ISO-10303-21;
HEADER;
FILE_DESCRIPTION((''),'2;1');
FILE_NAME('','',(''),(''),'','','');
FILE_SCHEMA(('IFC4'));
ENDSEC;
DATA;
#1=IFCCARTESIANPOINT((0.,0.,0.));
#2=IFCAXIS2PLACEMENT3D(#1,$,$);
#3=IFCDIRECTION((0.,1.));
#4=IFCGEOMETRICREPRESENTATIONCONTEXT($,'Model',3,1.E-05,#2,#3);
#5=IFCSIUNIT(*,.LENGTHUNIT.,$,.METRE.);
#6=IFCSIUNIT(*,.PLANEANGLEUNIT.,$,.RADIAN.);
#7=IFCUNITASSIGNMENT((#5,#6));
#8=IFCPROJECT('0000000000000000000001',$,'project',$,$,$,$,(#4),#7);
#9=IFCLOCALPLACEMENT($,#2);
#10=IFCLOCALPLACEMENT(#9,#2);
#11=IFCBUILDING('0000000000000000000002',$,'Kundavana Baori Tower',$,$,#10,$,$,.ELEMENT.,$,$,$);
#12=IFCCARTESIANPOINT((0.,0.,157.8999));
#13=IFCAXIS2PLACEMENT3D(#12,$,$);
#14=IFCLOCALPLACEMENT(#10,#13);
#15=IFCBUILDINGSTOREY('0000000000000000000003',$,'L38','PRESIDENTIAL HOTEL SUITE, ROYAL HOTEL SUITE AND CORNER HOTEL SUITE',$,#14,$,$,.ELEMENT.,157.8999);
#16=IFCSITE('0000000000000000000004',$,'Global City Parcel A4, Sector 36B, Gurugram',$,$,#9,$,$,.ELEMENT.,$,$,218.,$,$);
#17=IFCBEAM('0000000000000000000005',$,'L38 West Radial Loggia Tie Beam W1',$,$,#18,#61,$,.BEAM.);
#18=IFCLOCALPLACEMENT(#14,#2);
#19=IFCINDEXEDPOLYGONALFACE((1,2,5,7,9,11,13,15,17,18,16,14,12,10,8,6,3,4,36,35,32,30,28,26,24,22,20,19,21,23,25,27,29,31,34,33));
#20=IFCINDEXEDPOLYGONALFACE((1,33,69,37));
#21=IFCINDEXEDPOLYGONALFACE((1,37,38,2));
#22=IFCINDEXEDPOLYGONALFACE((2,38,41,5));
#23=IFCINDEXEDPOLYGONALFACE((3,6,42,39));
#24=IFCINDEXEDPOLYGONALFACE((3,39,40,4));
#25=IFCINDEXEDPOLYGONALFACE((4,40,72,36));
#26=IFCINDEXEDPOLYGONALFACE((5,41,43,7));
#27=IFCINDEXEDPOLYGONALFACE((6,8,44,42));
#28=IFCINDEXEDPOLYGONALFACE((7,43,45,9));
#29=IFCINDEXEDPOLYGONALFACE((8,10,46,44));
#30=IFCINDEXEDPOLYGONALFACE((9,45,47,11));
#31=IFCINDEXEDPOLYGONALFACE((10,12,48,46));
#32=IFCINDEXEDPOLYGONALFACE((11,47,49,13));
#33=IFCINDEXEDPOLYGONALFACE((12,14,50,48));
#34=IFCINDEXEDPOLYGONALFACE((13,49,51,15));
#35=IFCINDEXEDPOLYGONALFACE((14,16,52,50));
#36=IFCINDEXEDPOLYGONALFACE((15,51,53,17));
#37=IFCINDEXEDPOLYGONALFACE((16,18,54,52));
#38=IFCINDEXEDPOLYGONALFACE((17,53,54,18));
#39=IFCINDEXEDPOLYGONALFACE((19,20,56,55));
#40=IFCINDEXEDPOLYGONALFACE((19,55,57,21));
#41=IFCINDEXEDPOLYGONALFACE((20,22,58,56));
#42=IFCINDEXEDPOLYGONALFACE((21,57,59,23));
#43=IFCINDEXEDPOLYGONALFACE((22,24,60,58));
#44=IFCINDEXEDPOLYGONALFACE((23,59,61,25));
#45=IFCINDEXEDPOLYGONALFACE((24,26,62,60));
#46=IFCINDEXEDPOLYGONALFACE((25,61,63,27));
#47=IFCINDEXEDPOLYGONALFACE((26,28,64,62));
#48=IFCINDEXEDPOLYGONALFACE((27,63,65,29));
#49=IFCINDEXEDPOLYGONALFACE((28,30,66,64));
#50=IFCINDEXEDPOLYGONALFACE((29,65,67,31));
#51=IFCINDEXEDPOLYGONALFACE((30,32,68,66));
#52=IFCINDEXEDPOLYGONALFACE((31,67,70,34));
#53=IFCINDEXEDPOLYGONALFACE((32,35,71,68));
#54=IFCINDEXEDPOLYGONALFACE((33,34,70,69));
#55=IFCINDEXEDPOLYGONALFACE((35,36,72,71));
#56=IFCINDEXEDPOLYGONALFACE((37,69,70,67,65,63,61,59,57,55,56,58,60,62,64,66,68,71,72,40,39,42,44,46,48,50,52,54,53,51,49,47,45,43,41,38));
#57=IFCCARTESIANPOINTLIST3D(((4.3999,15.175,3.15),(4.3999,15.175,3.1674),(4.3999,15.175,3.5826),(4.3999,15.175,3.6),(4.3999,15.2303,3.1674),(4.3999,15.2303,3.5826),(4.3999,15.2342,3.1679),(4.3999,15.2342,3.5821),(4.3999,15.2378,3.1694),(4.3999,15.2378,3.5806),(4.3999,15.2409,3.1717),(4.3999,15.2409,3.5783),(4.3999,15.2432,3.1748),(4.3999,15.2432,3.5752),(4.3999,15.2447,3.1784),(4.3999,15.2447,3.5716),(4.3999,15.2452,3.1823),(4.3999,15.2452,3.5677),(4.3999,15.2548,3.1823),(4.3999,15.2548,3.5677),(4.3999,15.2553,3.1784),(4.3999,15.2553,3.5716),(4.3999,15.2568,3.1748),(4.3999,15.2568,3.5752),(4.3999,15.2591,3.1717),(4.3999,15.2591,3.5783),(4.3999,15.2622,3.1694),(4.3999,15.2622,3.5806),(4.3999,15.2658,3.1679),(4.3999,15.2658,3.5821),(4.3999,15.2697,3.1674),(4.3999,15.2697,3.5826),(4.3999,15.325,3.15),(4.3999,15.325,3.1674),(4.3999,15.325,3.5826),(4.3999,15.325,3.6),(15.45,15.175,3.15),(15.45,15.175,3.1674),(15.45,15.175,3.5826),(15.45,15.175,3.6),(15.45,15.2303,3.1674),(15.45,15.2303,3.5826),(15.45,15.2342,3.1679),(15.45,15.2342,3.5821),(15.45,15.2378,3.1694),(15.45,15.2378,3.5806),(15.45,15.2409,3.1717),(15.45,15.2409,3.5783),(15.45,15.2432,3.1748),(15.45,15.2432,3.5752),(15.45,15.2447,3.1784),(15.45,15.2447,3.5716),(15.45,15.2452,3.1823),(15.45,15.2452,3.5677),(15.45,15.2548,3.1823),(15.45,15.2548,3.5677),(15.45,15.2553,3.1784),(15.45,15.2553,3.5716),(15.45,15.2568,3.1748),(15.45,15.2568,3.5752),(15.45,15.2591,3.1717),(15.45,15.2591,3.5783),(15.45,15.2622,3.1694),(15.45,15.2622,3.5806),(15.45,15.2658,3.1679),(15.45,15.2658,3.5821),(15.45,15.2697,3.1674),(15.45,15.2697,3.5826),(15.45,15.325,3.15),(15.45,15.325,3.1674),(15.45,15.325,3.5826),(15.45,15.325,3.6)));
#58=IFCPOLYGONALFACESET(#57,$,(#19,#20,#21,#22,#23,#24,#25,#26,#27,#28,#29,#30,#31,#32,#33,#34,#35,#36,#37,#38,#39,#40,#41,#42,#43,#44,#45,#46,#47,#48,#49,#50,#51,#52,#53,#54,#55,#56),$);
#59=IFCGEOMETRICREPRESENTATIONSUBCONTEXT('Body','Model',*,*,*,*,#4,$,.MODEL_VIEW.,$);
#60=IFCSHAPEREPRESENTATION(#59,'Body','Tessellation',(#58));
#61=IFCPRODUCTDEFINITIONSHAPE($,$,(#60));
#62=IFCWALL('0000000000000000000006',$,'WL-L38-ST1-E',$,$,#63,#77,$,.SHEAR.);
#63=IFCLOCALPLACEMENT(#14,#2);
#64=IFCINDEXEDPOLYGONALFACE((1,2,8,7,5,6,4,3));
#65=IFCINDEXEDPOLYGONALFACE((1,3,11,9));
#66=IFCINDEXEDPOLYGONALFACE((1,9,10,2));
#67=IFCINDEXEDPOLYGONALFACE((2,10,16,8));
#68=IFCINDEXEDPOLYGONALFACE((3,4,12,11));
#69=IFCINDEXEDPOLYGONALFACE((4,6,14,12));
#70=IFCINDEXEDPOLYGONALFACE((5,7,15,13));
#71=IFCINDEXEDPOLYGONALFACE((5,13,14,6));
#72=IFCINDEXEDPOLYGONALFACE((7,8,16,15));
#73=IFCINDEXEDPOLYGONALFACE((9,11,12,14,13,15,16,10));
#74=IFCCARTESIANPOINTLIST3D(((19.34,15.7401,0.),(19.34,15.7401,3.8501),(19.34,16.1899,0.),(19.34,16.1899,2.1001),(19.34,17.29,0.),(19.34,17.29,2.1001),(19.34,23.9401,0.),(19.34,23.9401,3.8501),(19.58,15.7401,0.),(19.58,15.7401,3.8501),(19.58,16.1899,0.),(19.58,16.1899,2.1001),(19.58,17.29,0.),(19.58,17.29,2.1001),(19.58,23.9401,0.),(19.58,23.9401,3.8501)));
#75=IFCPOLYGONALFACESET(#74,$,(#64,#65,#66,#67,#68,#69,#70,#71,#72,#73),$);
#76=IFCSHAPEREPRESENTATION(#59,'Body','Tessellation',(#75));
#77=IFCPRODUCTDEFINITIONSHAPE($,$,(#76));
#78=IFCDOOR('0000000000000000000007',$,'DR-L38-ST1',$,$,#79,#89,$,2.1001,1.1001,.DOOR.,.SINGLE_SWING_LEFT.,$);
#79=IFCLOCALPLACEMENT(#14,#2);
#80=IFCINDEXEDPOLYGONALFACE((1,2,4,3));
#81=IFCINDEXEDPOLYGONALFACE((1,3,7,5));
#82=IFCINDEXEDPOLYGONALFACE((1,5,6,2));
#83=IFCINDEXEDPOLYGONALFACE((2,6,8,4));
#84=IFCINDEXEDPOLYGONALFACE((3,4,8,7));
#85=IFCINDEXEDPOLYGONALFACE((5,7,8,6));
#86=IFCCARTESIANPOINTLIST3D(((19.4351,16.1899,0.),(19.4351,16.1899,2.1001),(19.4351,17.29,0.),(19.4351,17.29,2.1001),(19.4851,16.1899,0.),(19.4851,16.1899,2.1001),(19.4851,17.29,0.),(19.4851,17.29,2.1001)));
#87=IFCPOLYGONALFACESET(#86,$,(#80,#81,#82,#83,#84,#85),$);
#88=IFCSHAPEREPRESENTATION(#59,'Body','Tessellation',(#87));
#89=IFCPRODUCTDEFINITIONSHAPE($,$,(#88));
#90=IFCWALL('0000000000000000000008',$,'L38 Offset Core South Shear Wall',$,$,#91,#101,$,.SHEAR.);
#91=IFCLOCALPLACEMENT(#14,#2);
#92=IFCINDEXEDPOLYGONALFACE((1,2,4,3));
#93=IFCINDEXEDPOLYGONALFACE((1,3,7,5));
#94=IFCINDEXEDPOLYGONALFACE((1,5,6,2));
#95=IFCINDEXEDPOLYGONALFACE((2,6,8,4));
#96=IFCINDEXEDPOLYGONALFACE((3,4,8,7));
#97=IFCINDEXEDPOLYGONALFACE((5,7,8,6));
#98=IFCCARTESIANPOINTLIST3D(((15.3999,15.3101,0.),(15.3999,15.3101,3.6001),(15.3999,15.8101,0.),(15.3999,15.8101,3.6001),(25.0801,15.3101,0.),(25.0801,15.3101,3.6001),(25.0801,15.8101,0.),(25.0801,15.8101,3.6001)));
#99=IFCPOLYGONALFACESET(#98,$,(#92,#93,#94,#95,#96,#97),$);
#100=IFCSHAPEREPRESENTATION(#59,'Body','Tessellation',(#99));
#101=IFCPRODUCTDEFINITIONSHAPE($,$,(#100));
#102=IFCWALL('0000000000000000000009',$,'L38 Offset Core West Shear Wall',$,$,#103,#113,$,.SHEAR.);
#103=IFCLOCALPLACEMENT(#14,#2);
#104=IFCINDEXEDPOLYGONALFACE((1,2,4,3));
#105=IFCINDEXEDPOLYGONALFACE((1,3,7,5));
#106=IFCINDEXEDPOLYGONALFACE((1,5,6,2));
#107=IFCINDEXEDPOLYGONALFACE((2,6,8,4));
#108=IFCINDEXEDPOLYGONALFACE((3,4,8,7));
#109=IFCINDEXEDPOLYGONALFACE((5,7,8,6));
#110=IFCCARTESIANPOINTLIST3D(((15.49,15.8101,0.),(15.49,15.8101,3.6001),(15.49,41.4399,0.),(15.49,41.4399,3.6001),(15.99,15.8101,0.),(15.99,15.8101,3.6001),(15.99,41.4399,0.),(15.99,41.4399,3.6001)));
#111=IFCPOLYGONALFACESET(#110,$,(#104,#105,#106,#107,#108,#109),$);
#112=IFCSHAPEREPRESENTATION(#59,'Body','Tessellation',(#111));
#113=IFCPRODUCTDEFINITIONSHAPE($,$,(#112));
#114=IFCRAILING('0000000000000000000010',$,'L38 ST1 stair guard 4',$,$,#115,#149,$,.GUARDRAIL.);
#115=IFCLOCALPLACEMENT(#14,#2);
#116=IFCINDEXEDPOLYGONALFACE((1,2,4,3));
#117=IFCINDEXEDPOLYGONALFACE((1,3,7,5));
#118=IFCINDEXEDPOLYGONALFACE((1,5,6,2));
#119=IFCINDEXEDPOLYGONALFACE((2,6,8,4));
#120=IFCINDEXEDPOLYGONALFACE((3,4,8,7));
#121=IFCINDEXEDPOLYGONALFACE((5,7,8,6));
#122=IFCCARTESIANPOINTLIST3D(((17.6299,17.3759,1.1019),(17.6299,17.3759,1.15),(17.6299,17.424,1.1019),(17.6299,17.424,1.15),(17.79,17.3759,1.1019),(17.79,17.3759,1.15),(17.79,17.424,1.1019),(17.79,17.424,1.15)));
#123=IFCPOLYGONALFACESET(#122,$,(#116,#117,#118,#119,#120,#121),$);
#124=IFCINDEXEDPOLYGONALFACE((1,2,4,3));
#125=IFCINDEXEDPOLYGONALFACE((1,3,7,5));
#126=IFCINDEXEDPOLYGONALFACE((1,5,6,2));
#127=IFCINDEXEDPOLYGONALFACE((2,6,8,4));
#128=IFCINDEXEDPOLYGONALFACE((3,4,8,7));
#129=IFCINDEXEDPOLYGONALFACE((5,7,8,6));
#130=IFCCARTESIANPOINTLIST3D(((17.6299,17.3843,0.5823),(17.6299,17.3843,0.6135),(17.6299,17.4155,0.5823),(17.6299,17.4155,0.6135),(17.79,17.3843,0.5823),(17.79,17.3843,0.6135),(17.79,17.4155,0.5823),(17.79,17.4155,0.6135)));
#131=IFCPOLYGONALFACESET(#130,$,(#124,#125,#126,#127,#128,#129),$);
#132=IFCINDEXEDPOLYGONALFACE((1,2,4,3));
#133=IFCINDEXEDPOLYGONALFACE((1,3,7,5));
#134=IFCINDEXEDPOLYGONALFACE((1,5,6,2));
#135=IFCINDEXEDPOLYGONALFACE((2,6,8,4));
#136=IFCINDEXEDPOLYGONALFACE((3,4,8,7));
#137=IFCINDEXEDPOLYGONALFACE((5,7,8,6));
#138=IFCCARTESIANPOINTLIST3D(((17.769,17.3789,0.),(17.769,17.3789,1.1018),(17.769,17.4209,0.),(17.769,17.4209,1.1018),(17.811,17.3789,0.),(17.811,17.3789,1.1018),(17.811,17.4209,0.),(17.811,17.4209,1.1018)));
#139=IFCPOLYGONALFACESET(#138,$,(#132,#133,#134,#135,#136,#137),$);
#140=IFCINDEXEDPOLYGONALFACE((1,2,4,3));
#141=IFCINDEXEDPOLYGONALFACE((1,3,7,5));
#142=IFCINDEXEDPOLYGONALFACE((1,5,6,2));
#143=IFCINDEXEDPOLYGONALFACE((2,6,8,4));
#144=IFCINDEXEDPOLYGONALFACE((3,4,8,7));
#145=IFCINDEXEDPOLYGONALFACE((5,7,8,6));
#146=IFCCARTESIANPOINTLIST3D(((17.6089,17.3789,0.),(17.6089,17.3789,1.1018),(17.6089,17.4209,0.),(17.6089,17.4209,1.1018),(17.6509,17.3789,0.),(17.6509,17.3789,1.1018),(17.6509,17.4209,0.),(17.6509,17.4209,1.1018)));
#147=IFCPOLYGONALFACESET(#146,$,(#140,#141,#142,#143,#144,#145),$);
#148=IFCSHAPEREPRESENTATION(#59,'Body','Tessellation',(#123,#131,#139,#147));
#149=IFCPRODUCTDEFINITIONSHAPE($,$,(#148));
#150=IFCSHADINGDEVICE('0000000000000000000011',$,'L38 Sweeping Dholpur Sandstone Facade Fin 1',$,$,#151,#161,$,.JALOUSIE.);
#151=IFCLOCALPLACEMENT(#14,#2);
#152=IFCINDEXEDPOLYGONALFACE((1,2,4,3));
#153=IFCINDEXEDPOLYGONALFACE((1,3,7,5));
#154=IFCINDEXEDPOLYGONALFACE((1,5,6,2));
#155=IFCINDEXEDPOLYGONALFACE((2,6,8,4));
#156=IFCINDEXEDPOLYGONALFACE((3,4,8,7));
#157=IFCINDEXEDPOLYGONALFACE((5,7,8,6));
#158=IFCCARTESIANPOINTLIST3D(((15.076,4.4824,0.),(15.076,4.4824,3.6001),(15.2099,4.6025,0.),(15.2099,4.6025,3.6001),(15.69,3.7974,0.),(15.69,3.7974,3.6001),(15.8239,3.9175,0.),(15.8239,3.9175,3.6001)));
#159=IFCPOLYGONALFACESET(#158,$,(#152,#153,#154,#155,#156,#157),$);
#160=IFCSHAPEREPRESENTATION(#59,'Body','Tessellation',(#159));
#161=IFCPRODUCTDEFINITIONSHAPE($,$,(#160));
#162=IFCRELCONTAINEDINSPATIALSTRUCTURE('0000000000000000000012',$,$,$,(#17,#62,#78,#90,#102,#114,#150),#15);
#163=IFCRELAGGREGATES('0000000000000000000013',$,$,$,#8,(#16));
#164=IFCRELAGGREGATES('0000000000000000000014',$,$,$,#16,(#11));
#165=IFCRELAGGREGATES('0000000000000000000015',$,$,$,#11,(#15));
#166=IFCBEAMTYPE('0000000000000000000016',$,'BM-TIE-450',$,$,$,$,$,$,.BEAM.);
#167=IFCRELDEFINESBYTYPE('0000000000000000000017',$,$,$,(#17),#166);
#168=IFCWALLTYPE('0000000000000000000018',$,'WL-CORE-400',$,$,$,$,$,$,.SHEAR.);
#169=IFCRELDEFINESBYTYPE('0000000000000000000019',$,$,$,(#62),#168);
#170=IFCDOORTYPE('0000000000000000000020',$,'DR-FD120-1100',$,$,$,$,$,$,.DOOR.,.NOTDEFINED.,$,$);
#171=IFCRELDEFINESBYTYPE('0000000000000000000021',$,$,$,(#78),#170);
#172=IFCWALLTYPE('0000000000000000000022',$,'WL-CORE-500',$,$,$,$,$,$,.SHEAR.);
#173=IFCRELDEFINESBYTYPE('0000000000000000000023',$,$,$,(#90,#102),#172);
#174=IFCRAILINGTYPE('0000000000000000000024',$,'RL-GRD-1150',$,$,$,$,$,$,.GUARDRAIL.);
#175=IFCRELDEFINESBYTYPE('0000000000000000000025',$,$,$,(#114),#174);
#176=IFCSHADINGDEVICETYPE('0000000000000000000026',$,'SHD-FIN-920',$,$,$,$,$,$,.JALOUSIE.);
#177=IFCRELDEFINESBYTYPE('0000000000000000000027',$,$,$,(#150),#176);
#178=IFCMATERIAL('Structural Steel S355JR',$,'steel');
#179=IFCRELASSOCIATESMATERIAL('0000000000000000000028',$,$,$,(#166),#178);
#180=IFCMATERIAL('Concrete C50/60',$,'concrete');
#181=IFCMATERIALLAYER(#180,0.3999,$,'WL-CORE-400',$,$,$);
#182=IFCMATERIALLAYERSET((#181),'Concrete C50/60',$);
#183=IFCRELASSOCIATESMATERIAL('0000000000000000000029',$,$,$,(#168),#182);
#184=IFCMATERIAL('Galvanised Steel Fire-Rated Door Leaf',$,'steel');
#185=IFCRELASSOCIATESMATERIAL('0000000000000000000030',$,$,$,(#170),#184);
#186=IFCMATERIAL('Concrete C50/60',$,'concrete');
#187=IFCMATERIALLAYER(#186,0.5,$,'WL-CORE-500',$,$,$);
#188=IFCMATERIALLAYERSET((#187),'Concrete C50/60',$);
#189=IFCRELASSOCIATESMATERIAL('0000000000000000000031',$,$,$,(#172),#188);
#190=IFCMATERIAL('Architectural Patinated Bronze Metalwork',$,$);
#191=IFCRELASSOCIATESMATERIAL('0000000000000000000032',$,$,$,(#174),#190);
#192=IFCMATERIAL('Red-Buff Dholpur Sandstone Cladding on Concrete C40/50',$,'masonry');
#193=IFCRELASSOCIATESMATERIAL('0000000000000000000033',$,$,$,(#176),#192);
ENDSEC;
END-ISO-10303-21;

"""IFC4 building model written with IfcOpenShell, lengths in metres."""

from ifc_helpers import new_model, si_unit, direction, frame, frame_2d, origin, origin_2d, place, context, subcontext, project, spatial, rectangle, i_section, extrude, material, layer, layer_set, material_profile, profile_set, type_object, element, fill, save


model = new_model("IFC4")

# Units and contexts
model_context = context("Model", 3, precision=1e-05, world=origin(), true_north=direction((0.0, 1.0)))
body_context = subcontext(model_context, "Body", "Model", "MODEL_VIEW")
ifc_project = project(units=[si_unit("LENGTHUNIT", "METRE"), si_unit("PLANEANGLEUNIT", "RADIAN")], contexts=[model_context])

# Site, building, storey
site_placement = place(None, origin())
site = spatial("IfcSite", under=ifc_project, at=site_placement, Name="Global City Parcel A4, Sector 36B, Gurugram", CompositionType="ELEMENT", RefElevation=218.0)
building_placement = place(site_placement, origin())
building = spatial("IfcBuilding", under=site, at=building_placement, Name="Kundavana Baori Tower", CompositionType="ELEMENT")
storey_placement = place(building_placement, frame((0.0, 0.0, 157.8999)))
storey = spatial("IfcBuildingStorey", under=building, at=storey_placement, Name="L38", Description="PRESIDENTIAL HOTEL SUITE, ROYAL HOTEL SUITE AND CORNER HOTEL SUITE", CompositionType="ELEMENT", Elevation=157.8999)

# Beam
ifc_material_1 = material(Name="Structural Steel S355JR", Category="steel")
ifc_material_profile_1 = material_profile(ifc_material_1, i_section(OverallWidth=0.1499, OverallDepth=0.45, WebThickness=0.0095, FlangeThickness=0.0173, FilletRadius=0.0149, at=origin_2d()), Name="ISMB 450")
ifc_profile_set_1 = profile_set([ifc_material_profile_1], Name="Structural Steel S355JR")
beam_type_1 = type_object("IfcBeamType", Name="BM-TIE-450", PredefinedType="BEAM", material=ifc_profile_set_1)
for number, where, z_axis, x_axis, name in (
    (1, (15.45, 15.25, 3.375), (-1.0, 0.0, 0.0), (0.0, -1.0, 0.0), "L38 West Radial Loggia Tie Beam W1"),
):
    element("IfcBeam", number, at=place(storey_placement, frame(where, z_axis=z_axis, x_axis=x_axis)), inside=storey, type_object=beam_type_1, Name=name, PredefinedType="BEAM", context=body_context, shape_type="SweptSolid", body=[
        extrude(i_section(OverallWidth=0.1499, OverallDepth=0.45, WebThickness=0.0095, FlangeThickness=0.0173, FilletRadius=0.0149, at=origin_2d()), origin(), (0.0, 0.0, 1.0), 11.05),
    ])

# Wall, opening, door
ifc_material_2 = material(Name="Concrete C50/60", Category="concrete")
ifc_layer_1 = layer(ifc_material_2, 0.3999, Name="WL-CORE-400")
ifc_layer_set_1 = layer_set([ifc_layer_1], Name="Concrete C50/60")
wall_type_1 = type_object("IfcWallType", Name="WL-CORE-400", PredefinedType="SHEAR", material=ifc_layer_set_1)
wall_1_placement = place(storey_placement, frame((19.46, 15.74, 0.0), z_axis=(0.0, 0.0, 1.0), x_axis=(0.0, 1.0, 0.0)))
wall_1 = element("IfcWall", 2, at=wall_1_placement, inside=storey, type_object=wall_type_1, Name="WL-L38-ST1-E", PredefinedType="SHEAR", context=body_context, shape_type="SweptSolid", body=[
    extrude(rectangle(XDim=8.2, YDim=0.24, at=frame_2d((4.1001, 0.0))), origin(), (0.0, 0.0, 1.0), 3.8501),
])
opening_1_placement = place(wall_1_placement, frame((0.45, 0.0, 0.0)))
opening_1 = element("IfcOpeningElement", 3, at=opening_1_placement, cuts=wall_1, PredefinedType="OPENING", context=body_context, shape_type="SweptSolid", body=[
    extrude(rectangle(XDim=1.1001, YDim=2.1001, at=frame_2d((0.55, 1.05))), frame((0.0, 0.1299, 0.0), z_axis=(0.0, -1.0, 0.0), x_axis=(1.0, 0.0, 0.0)), (0.0, 0.0, 1.0), 0.26),
])
ifc_material_3 = material(Name="Galvanised Steel Fire-Rated Door Leaf", Category="steel")
door_type_1 = type_object("IfcDoorType", Name="DR-FD120-1100", OperationType="NOTDEFINED", PredefinedType="DOOR", material=ifc_material_3)
door_1_placement = place(opening_1_placement, origin())
door_1 = element("IfcDoor", 4, at=door_1_placement, inside=storey, type_object=door_type_1, Name="DR-L38-ST1", OperationType="SINGLE_SWING_LEFT", OverallHeight=2.1001, OverallWidth=1.1001, PredefinedType="DOOR", context=body_context, shape_type="SweptSolid", body=[
    extrude(rectangle(XDim=1.1001, YDim=2.1001, at=frame_2d((0.55, 1.05))), frame((0.0, 0.0249, 0.0), z_axis=(0.0, -1.0, 0.0), x_axis=(1.0, 0.0, 0.0)), (0.0, 0.0, 1.0), 0.05),
])
fill(opening_1, door_1)

# Walls
ifc_material_4 = material(Name="Concrete C50/60", Category="concrete")
ifc_layer_2 = layer(ifc_material_4, 0.5, Name="WL-CORE-500")
ifc_layer_set_2 = layer_set([ifc_layer_2], Name="Concrete C50/60")
wall_type_2 = type_object("IfcWallType", Name="WL-CORE-500", PredefinedType="SHEAR", material=ifc_layer_set_2)
wall_2_placement = place(storey_placement, frame((15.3999, 15.5601, 0.0), z_axis=(0.0, 0.0, 1.0), x_axis=(1.0, 0.0, 0.0)))
element("IfcWall", 5, at=wall_2_placement, inside=storey, type_object=wall_type_2, Name="L38 Offset Core South Shear Wall", PredefinedType="SHEAR", context=body_context, shape_type="SweptSolid", body=[
    extrude(rectangle(XDim=9.6802, YDim=0.5, at=frame_2d((4.8401, 0.0))), origin(), (0.0, 0.0, 1.0), 3.6001),
])
wall_3_placement = place(storey_placement, frame((15.74, 15.8101, 0.0), z_axis=(0.0, 0.0, 1.0), x_axis=(0.0, 1.0, 0.0)))
element("IfcWall", 6, at=wall_3_placement, inside=storey, type_object=wall_type_2, Name="L38 Offset Core West Shear Wall", PredefinedType="SHEAR", context=body_context, shape_type="SweptSolid", body=[
    extrude(rectangle(XDim=25.6299, YDim=0.5, at=frame_2d((12.8149, 0.0))), origin(), (0.0, 0.0, 1.0), 3.6001),
])

# Railing
ifc_material_5 = material(Name="Architectural Patinated Bronze Metalwork")
railing_type = type_object("IfcRailingType", Name="RL-GRD-1150", PredefinedType="GUARDRAIL", material=ifc_material_5)
railing_placement = place(storey_placement, frame((17.79, 17.3999, 0.0)))
element("IfcRailing", 7, at=railing_placement, inside=storey, type_object=railing_type, Name="L38 ST1 stair guard 4", PredefinedType="GUARDRAIL", context=body_context, shape_type="SweptSolid", body=[
    extrude(rectangle(XDim=0.0481, YDim=0.0481, at=origin_2d()), frame((0.0, 0.0, 1.126), z_axis=(-1.0, 0.0, 0.0), x_axis=(0.0, -1.0, 0.0)), (0.0, 0.0, 1.0), 0.1602),
    extrude(rectangle(XDim=0.0312, YDim=0.0312, at=origin_2d()), frame((0.0, 0.0, 0.5979), z_axis=(-1.0, 0.0, 0.0), x_axis=(0.0, -1.0, 0.0)), (0.0, 0.0, 1.0), 0.1602),
    extrude(rectangle(XDim=0.042, YDim=0.042, at=origin_2d()), origin(), (0.0, 0.0, 1.0), 1.1018),
    extrude(rectangle(XDim=0.042, YDim=0.042, at=origin_2d()), frame((-0.1602, 0.0, 0.0)), (0.0, 0.0, 1.0), 1.1018),
])

# Shading device
ifc_material_6 = material(Name="Red-Buff Dholpur Sandstone Cladding on Concrete C40/50", Category="masonry")
shading_device_type = type_object("IfcShadingDeviceType", Name="SHD-FIN-920", PredefinedType="JALOUSIE", material=ifc_material_6)
shading_device_placement = place(storey_placement, frame((15.45, 4.2, 0.0), z_axis=(0.0, 0.0, 1.0), x_axis=(0.744661, 0.667443, 0.0)))
element("IfcShadingDevice", 8, at=shading_device_placement, inside=storey, type_object=shading_device_type, Name="L38 Sweeping Dholpur Sandstone Facade Fin 1", PredefinedType="JALOUSIE", context=body_context, shape_type="SweptSolid", body=[
    extrude(rectangle(XDim=0.1799, YDim=0.9199, at=origin_2d()), origin(), (0.0, 0.0, 1.0), 3.6001),
])

save(model, "model.ifc")
